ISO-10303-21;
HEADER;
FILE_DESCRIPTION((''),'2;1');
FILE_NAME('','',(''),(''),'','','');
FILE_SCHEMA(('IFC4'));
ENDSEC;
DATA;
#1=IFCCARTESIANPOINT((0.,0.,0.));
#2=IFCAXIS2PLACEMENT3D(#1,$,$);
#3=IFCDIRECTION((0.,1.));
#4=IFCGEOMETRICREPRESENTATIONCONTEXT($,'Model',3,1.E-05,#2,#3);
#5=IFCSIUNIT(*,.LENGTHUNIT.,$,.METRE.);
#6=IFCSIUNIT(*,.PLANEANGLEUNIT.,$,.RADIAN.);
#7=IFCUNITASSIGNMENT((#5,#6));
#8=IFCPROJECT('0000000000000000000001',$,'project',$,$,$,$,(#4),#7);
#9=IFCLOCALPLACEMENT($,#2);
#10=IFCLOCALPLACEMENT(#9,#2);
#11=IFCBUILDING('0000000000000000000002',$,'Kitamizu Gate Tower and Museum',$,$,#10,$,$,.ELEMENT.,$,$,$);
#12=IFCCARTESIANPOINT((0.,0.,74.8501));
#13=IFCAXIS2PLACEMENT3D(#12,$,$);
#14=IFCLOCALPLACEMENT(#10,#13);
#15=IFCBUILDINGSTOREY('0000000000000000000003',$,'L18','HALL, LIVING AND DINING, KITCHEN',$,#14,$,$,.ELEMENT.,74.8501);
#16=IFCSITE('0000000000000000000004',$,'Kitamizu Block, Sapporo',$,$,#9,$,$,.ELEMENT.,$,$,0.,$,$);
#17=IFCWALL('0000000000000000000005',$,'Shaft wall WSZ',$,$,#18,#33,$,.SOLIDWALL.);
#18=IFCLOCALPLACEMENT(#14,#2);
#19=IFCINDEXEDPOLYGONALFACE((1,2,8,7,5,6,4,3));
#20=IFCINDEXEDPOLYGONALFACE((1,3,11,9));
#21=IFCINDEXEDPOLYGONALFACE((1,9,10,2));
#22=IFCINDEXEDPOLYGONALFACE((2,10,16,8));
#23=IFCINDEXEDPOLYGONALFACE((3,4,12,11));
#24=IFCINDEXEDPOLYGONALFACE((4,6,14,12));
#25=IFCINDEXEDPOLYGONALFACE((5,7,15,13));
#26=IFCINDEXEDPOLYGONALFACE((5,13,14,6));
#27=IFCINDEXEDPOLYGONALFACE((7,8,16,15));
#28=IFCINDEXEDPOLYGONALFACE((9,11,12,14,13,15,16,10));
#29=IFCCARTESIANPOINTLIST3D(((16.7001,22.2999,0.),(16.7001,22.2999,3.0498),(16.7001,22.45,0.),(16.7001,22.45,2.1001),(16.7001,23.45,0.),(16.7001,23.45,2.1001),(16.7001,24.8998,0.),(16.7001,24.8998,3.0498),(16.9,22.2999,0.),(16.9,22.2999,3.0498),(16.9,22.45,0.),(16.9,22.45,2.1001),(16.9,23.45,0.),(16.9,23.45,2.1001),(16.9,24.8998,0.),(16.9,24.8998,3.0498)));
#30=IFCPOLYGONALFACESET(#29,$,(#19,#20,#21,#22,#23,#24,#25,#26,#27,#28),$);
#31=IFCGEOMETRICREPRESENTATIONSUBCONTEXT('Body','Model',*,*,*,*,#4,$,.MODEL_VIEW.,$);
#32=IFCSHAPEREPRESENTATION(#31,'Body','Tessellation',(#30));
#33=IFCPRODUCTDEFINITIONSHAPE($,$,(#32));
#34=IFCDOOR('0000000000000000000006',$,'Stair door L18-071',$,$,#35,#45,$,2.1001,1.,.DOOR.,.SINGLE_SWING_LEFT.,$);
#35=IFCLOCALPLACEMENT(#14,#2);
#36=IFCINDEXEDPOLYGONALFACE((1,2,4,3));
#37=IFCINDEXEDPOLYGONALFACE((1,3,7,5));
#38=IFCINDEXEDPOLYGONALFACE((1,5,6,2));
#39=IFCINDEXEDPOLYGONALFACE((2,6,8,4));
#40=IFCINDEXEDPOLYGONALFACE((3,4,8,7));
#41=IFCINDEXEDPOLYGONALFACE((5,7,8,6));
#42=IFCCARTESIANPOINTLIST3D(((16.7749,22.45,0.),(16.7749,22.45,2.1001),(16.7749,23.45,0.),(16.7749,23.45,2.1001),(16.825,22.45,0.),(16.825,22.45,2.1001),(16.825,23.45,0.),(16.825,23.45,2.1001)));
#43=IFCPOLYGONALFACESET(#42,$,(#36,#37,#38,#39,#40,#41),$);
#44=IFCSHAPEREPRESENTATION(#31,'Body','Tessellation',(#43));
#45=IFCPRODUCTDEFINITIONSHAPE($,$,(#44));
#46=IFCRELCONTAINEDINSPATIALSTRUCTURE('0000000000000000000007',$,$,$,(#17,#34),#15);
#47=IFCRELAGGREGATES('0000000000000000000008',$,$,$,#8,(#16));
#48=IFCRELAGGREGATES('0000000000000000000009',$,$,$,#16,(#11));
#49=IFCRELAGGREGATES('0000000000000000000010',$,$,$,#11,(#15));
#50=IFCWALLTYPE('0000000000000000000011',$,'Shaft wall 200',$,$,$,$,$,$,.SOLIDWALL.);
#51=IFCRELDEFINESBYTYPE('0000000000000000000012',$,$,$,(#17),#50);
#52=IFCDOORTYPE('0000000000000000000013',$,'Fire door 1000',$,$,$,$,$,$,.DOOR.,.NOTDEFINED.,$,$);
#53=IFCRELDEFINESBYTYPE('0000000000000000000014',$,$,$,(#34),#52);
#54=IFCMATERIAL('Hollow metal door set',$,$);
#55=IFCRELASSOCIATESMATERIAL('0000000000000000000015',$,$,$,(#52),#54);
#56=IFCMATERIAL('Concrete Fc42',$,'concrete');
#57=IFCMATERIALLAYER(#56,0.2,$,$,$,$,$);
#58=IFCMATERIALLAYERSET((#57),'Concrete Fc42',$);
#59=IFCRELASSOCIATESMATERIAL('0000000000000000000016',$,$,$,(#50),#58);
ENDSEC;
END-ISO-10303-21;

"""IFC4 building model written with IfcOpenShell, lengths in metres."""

from ifc_helpers import new_model, si_unit, direction, frame, frame_2d, origin, place, context, subcontext, project, spatial, rectangle, extrude, material, layer, layer_set, type_object, element, fill, save


model = new_model("IFC4")

# Units and contexts
model_context = context("Model", 3, precision=1e-05, world=origin(), true_north=direction((0.0, 1.0)))
body_context = subcontext(model_context, "Body", "Model", "MODEL_VIEW")
ifc_project = project(units=[si_unit("LENGTHUNIT", "METRE"), si_unit("PLANEANGLEUNIT", "RADIAN")], contexts=[model_context])

# Site, building, storey
site_placement = place(None, origin())
site = spatial("IfcSite", under=ifc_project, at=site_placement, Name="Kitamizu Block, Sapporo", CompositionType="ELEMENT", RefElevation=0.0)
building_placement = place(site_placement, origin())
building = spatial("IfcBuilding", under=site, at=building_placement, Name="Kitamizu Gate Tower and Museum", CompositionType="ELEMENT")
storey_placement = place(building_placement, frame((0.0, 0.0, 74.8501)))
storey = spatial("IfcBuildingStorey", under=building, at=storey_placement, Name="L18", Description="HALL, LIVING AND DINING, KITCHEN", CompositionType="ELEMENT", Elevation=74.8501)

# Shared definitions
ifc_material_1 = material(Name="Hollow metal door set")
door_type_1 = type_object("IfcDoorType", Name="Fire door 1000", OperationType="NOTDEFINED", PredefinedType="DOOR", material=ifc_material_1)

# Shared definitions
ifc_material_2 = material(Name="Concrete Fc42", Category="concrete")
ifc_layer_1 = layer(ifc_material_2, 0.2)
ifc_layer_set_1 = layer_set([ifc_layer_1], Name="Concrete Fc42")
wall_type_1 = type_object("IfcWallType", Name="Shaft wall 200", PredefinedType="SOLIDWALL", material=ifc_layer_set_1)

# Wall, opening, door
wall_1_placement = place(storey_placement, frame((16.8, 22.3, 0.0), z_axis=(0.0, 0.0, 1.0), x_axis=(0.0, 1.0, 0.0)))
wall_1 = element("IfcWall", 1, at=wall_1_placement, inside=storey, type_object=wall_type_1, Name="Shaft wall WSZ", PredefinedType="SOLIDWALL", context=body_context, shape_type="SweptSolid", body=[
    extrude(rectangle(XDim=2.5999, YDim=0.2, at=frame_2d((1.2998, 0.0))), origin(), (0.0, 0.0, 1.0), 3.0498),
])
opening_1_placement = place(wall_1_placement, frame((0.1499, 0.0, 0.0)))
opening_1 = element("IfcOpeningElement", 2, at=opening_1_placement, cuts=wall_1, PredefinedType="OPENING", context=body_context, shape_type="SweptSolid", body=[
    extrude(rectangle(XDim=1.0, YDim=2.1001, at=frame_2d((0.5, 1.05))), frame((0.0, 0.1099, 0.0), z_axis=(0.0, -1.0, 0.0), x_axis=(1.0, 0.0, 0.0)), (0.0, 0.0, 1.0), 0.22),
])
door_1_placement = place(opening_1_placement, frame((1.0, 0.0, 0.0), x_axis=(-1.0, 0.0, 0.0)))
door_1 = element("IfcDoor", 3, at=door_1_placement, inside=storey, type_object=door_type_1, Name="Stair door L18-071", OperationType="SINGLE_SWING_LEFT", OverallHeight=2.1001, OverallWidth=1.0, PredefinedType="DOOR", context=body_context, shape_type="SweptSolid", body=[
    extrude(rectangle(XDim=1.0, YDim=2.1001, at=frame_2d((0.5, 1.05))), frame((0.0, 0.0249, 0.0), z_axis=(0.0, -1.0, 0.0), x_axis=(1.0, 0.0, 0.0)), (0.0, 0.0, 1.0), 0.05),
])
fill(opening_1, door_1)

save(model, "model.ifc")
